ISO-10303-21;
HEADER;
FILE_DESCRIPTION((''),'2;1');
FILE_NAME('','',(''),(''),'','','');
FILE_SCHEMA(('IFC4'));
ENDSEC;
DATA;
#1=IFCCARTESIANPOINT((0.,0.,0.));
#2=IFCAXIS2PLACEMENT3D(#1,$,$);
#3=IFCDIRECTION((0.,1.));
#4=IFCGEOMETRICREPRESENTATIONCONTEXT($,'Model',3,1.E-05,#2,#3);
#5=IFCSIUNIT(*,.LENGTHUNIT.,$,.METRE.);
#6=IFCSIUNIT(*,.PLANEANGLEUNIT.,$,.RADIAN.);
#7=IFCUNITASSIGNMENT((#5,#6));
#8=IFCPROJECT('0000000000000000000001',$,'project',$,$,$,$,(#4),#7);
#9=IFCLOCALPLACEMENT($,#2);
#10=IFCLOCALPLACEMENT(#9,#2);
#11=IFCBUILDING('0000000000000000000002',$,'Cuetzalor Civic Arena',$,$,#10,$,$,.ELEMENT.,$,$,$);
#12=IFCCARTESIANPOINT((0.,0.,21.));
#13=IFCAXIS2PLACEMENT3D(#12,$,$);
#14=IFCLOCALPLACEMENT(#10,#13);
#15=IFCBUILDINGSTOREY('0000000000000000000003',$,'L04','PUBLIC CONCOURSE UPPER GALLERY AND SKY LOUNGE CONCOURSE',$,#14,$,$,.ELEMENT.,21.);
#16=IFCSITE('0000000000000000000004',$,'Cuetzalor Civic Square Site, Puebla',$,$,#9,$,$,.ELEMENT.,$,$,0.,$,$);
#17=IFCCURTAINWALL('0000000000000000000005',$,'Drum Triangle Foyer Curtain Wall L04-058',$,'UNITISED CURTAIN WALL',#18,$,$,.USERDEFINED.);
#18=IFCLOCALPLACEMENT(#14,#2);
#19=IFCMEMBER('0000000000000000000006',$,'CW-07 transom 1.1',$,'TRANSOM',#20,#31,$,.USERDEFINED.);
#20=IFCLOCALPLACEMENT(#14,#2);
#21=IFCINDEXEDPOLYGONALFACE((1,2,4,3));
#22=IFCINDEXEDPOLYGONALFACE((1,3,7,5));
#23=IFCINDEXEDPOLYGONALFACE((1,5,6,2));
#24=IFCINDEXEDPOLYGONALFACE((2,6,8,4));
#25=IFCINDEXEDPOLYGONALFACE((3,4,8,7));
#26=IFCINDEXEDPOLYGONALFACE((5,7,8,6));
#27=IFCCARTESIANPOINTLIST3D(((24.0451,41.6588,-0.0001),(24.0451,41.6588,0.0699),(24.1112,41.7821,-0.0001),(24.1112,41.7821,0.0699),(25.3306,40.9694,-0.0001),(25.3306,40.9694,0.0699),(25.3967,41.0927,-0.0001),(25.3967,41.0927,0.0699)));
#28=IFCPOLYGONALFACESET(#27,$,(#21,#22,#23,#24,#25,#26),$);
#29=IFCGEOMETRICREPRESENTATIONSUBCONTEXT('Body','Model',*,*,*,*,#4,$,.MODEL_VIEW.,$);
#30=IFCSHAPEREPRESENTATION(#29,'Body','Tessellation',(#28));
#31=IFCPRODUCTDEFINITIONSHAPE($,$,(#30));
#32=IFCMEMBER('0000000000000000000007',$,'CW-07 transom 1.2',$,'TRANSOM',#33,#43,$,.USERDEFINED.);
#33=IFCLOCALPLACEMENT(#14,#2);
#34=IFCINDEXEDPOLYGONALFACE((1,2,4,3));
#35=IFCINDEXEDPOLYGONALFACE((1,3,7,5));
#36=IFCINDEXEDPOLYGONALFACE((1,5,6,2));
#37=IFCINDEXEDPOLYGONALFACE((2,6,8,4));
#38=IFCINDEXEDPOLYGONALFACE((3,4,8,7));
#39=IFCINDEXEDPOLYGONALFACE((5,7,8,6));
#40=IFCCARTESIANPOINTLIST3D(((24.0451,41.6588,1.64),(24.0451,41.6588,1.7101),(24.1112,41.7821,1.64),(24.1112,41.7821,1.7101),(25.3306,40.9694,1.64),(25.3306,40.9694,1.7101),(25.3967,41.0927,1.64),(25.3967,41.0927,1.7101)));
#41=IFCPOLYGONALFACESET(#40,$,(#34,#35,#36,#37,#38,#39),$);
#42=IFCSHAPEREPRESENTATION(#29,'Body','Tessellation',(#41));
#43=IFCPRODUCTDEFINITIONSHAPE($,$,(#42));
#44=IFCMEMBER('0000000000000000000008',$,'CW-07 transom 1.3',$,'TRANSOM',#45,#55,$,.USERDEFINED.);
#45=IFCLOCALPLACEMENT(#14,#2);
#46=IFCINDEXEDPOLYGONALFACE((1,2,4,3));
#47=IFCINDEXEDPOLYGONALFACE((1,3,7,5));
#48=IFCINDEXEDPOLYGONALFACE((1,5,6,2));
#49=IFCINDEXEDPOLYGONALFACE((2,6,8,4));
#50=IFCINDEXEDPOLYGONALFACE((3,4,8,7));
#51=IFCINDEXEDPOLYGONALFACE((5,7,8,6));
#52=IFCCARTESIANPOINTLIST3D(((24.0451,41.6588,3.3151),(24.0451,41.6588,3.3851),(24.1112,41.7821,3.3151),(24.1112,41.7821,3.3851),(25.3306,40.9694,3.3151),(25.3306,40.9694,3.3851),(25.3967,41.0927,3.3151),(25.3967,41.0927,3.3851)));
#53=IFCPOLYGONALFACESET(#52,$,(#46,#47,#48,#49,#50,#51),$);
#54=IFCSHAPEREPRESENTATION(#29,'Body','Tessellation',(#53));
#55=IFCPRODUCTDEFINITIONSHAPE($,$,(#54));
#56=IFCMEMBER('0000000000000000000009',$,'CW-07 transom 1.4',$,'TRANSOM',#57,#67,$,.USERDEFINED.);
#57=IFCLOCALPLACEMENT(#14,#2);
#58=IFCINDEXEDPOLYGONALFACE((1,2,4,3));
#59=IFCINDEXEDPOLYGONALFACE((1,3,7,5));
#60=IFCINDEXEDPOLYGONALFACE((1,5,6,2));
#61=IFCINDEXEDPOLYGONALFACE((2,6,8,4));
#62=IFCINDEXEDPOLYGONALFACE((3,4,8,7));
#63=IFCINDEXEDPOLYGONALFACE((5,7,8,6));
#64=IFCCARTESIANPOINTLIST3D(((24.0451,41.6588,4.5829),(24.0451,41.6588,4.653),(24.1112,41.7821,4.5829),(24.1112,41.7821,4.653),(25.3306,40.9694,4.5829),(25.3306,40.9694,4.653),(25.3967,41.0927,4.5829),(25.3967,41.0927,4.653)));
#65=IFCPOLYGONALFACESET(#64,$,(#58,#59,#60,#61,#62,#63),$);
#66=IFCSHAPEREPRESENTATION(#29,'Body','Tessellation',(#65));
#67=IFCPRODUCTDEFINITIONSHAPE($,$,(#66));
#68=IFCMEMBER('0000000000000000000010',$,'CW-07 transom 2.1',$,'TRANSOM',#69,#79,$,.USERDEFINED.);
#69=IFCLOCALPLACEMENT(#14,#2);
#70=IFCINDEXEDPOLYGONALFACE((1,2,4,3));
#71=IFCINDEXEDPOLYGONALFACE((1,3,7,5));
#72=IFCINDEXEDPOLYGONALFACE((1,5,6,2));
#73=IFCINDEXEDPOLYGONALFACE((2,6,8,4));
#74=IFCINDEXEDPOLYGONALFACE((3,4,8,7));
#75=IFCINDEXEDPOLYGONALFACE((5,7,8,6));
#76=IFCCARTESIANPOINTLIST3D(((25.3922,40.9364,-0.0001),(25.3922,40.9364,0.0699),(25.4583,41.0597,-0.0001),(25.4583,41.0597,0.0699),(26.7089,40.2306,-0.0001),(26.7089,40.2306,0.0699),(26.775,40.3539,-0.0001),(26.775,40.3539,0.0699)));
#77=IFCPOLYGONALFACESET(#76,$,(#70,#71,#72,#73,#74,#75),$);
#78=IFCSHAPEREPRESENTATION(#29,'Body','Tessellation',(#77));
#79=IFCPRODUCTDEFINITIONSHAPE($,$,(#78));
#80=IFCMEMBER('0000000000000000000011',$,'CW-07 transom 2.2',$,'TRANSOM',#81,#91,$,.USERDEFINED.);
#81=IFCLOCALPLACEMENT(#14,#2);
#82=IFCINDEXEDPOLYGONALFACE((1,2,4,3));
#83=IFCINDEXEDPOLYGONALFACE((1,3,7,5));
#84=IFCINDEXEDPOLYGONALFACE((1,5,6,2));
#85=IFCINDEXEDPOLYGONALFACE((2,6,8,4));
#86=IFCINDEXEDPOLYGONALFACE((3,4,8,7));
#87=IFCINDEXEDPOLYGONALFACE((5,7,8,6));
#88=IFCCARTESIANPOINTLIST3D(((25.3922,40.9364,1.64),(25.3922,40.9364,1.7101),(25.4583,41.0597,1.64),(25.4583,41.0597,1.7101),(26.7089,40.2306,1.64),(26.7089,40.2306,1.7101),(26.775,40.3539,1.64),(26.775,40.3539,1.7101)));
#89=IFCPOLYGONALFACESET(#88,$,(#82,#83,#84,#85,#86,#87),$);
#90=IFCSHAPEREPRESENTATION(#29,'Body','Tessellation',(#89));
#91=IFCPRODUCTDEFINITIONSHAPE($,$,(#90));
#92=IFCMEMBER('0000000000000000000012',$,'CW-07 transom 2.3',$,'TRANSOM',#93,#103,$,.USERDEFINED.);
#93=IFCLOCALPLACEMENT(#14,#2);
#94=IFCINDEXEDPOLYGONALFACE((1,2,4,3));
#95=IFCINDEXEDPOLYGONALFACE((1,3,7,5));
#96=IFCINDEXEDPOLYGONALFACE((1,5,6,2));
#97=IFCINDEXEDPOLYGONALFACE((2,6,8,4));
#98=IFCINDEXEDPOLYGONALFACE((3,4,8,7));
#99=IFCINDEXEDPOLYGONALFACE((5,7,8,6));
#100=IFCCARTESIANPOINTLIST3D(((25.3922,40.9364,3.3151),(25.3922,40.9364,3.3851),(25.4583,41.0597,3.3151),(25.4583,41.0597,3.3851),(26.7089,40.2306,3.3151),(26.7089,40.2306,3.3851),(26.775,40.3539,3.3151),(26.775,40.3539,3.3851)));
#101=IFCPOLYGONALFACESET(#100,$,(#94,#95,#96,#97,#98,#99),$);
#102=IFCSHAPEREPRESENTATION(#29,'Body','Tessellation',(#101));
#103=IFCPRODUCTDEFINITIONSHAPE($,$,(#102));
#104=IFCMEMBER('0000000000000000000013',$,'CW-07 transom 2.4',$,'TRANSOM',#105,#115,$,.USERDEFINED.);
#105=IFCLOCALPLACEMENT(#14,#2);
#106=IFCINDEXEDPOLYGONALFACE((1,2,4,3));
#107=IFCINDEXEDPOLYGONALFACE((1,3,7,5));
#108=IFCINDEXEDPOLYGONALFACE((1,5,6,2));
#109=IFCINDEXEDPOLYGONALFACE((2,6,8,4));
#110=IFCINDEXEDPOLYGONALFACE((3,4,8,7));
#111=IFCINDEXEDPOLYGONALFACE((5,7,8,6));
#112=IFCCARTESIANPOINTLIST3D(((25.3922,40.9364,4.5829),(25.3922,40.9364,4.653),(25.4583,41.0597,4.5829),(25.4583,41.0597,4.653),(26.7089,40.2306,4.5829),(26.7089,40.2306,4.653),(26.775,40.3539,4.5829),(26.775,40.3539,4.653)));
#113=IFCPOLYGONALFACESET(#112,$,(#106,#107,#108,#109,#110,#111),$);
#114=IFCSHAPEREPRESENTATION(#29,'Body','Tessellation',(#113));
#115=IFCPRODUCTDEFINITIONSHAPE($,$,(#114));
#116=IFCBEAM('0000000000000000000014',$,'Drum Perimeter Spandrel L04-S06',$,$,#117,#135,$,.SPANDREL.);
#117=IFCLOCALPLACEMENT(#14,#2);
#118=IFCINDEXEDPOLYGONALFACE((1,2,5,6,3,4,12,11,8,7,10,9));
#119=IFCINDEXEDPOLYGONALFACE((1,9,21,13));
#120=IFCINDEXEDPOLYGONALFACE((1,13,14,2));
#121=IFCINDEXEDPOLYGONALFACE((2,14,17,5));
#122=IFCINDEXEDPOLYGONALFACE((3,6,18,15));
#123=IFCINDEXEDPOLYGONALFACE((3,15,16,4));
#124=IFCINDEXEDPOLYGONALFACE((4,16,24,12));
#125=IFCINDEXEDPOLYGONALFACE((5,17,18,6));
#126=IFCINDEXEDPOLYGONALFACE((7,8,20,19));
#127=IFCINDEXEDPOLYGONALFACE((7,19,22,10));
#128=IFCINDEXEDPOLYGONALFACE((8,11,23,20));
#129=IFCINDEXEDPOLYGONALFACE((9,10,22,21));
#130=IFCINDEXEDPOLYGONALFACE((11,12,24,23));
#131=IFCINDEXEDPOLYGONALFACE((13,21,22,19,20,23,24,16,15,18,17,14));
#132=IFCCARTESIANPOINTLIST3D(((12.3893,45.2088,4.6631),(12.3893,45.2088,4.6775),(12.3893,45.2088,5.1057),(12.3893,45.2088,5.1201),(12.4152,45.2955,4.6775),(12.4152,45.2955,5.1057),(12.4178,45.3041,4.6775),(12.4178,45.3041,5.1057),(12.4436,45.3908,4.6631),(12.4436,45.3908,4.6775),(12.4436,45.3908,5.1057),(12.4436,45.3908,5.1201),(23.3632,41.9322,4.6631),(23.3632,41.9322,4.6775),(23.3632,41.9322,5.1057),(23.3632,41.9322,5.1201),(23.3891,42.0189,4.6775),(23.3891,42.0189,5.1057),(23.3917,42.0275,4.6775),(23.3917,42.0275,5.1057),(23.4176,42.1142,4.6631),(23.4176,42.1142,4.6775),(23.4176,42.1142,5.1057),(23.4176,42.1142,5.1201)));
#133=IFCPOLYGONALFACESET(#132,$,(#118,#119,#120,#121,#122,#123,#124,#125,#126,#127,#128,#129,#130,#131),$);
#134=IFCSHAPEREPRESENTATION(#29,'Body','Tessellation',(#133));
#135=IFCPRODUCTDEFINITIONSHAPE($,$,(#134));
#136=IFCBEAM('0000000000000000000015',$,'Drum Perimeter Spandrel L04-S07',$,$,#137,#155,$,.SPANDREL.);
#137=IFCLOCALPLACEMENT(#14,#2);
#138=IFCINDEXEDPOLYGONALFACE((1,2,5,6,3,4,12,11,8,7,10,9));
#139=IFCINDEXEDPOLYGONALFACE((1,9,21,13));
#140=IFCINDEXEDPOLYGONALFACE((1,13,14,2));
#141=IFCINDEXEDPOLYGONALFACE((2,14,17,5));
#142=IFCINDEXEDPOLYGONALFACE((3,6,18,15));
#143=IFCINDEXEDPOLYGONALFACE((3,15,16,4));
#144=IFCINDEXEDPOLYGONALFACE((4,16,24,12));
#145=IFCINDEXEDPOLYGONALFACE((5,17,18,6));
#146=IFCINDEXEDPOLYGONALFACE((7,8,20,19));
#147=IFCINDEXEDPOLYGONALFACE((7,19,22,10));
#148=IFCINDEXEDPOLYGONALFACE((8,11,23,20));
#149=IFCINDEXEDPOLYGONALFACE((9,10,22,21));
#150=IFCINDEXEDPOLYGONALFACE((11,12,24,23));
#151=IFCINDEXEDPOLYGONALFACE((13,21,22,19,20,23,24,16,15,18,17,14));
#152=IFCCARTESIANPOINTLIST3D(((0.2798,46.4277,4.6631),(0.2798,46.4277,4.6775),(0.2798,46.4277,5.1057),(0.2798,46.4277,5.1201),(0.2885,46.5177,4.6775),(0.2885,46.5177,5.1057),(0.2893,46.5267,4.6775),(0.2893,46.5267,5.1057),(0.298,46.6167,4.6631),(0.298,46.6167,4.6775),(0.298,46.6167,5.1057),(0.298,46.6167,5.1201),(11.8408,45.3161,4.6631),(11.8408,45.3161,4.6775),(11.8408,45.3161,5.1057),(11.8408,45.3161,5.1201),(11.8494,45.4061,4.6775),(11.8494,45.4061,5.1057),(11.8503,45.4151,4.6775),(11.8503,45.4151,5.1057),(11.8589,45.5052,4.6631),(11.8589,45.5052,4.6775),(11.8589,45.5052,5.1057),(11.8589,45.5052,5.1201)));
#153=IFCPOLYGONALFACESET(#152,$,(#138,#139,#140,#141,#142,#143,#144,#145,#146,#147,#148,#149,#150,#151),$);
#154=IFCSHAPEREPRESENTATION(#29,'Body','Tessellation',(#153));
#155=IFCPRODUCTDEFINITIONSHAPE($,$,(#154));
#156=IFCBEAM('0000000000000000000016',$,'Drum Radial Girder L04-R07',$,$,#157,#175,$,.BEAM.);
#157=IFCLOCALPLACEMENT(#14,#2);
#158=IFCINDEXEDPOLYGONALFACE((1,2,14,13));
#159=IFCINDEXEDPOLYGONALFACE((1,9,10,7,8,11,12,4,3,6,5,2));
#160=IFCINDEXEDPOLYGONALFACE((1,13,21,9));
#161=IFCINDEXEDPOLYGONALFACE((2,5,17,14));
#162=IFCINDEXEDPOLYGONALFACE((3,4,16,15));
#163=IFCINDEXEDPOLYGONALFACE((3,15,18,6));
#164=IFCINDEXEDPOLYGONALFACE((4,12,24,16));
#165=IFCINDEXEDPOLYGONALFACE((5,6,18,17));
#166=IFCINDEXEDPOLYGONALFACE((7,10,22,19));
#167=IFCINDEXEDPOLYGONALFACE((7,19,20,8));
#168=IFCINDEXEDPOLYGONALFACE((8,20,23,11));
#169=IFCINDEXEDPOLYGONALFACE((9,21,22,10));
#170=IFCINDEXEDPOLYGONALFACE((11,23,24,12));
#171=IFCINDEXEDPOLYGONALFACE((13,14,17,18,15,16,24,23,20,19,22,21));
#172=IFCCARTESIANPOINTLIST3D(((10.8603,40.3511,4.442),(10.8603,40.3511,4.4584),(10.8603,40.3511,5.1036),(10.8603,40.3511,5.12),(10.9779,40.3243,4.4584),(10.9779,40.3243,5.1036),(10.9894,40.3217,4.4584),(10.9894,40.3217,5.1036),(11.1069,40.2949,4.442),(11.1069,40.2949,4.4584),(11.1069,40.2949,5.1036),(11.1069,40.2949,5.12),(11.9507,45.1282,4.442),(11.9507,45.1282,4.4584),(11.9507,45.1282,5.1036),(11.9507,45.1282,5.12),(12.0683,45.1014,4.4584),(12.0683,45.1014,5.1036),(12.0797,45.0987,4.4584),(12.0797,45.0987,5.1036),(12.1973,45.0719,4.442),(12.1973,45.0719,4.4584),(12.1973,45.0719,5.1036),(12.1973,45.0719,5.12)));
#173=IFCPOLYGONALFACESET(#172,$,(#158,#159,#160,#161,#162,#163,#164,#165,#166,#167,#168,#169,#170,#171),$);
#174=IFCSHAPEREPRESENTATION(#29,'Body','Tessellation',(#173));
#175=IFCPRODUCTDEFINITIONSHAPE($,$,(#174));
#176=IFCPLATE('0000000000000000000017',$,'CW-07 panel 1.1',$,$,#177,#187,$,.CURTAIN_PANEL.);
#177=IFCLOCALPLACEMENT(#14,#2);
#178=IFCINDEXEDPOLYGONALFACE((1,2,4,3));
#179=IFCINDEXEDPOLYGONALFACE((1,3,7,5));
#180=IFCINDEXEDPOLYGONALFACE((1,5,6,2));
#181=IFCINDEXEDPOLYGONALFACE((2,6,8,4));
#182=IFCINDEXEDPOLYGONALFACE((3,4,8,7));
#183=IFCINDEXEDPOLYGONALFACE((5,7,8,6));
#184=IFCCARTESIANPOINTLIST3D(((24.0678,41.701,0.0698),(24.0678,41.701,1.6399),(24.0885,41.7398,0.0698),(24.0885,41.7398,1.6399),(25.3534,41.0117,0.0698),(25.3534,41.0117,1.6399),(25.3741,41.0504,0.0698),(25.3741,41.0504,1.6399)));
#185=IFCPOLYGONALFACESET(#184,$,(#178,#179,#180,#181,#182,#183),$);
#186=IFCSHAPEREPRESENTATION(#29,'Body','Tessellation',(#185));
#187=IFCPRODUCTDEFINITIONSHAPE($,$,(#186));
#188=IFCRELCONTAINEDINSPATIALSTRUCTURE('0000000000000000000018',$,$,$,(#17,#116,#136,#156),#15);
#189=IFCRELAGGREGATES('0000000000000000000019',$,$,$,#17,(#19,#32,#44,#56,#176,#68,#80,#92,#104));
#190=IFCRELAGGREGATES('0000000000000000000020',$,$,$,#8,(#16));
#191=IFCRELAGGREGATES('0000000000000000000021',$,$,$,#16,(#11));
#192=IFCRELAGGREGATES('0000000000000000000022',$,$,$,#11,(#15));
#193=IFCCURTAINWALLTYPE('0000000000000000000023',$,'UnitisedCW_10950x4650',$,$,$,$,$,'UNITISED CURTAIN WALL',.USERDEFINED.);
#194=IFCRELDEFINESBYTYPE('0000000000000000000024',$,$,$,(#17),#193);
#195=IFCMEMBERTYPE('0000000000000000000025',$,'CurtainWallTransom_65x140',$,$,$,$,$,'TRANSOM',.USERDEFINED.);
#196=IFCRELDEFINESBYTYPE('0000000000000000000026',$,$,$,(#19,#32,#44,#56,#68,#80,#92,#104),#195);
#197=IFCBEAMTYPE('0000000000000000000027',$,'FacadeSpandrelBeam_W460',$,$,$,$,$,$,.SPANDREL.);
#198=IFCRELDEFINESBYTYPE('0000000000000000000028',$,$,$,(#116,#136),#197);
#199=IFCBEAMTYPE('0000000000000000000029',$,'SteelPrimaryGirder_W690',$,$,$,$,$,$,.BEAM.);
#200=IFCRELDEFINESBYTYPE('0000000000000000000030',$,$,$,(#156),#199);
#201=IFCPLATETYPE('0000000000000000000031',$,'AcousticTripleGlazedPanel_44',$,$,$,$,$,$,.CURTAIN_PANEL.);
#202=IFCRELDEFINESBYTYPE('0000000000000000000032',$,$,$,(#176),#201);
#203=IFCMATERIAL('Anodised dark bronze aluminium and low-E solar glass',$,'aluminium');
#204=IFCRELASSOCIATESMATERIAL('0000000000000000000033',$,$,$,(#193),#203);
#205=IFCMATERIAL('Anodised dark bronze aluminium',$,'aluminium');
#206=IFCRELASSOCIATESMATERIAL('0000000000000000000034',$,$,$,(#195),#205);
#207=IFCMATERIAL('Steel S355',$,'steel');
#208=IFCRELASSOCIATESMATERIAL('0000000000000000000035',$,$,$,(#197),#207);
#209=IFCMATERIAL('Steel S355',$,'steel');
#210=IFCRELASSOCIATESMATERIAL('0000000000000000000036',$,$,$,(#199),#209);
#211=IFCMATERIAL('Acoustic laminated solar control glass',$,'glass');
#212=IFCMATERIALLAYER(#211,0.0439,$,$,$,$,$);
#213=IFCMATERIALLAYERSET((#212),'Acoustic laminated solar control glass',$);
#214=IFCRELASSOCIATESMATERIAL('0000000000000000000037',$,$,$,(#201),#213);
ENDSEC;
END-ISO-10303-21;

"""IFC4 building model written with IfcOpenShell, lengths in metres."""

from ifc_helpers import new_model, si_unit, direction, frame, origin, origin_2d, place, context, subcontext, project, spatial, rectangle, i_section, extrude, material, layer, layer_set, material_profile, profile_set, type_object, element, aggregate, save


model = new_model("IFC4")

# Units and contexts
model_context = context("Model", 3, precision=1e-05, world=origin(), true_north=direction((0.0, 1.0)))
body_context = subcontext(model_context, "Body", "Model", "MODEL_VIEW")
ifc_project = project(units=[si_unit("LENGTHUNIT", "METRE"), si_unit("PLANEANGLEUNIT", "RADIAN")], contexts=[model_context])

# Site, building, storey
site_placement = place(None, origin())
site = spatial("IfcSite", under=ifc_project, at=site_placement, Name="Cuetzalor Civic Square Site, Puebla", CompositionType="ELEMENT", RefElevation=0.0)
building_placement = place(site_placement, origin())
building = spatial("IfcBuilding", under=site, at=building_placement, Name="Cuetzalor Civic Arena", CompositionType="ELEMENT")
storey_placement = place(building_placement, frame((0.0, 0.0, 21.0)))
storey = spatial("IfcBuildingStorey", under=building, at=storey_placement, Name="L04", Description="PUBLIC CONCOURSE UPPER GALLERY AND SKY LOUNGE CONCOURSE", CompositionType="ELEMENT", Elevation=21.0)

# Curtain wall, members
ifc_material_1 = material(Name="Anodised dark bronze aluminium and low-E solar glass", Category="aluminium")
curtain_wall_type_1 = type_object("IfcCurtainWallType", Name="UnitisedCW_10950x4650", ElementType="UNITISED CURTAIN WALL", PredefinedType="USERDEFINED", material=ifc_material_1)
curtain_wall_1_placement = place(storey_placement, origin())
curtain_wall_1 = element("IfcCurtainWall", 1, at=curtain_wall_1_placement, inside=storey, type_object=curtain_wall_type_1, Name="Drum Triangle Foyer Curtain Wall L04-058", ObjectType="UNITISED CURTAIN WALL", PredefinedType="USERDEFINED")
ifc_material_2 = material(Name="Anodised dark bronze aluminium", Category="aluminium")
ifc_material_profile_1 = material_profile(ifc_material_2, rectangle(XDim=0.1399, YDim=0.0701, at=origin_2d()), Name="ALU TRANSOM 70x140")
ifc_profile_set_1 = profile_set([ifc_material_profile_1], Name="Anodised dark bronze aluminium")
member_type_1 = type_object("IfcMemberType", Name="CurtainWallTransom_65x140", ElementType="TRANSOM", PredefinedType="USERDEFINED", material=ifc_profile_set_1)
member_1_placement = place(storey_placement, frame((24.0781, 41.7205, 0.0349), z_axis=(0.881276, -0.472602, 0.0), x_axis=(0.472602, 0.881276, 0.0)))
member_1 = element("IfcMember", 2, at=member_1_placement, type_object=member_type_1, Name="CW-07 transom 1.1", ObjectType="TRANSOM", PredefinedType="USERDEFINED", context=body_context, shape_type="SweptSolid", body=[
    extrude(rectangle(XDim=0.1399, YDim=0.0701, at=origin_2d()), origin(), (0.0, 0.0, 1.0), 1.4587),
])
member_2_placement = place(storey_placement, frame((24.0781, 41.7205, 1.675), z_axis=(0.881276, -0.472602, 0.0), x_axis=(0.472602, 0.881276, 0.0)))
member_2 = element("IfcMember", 3, at=member_2_placement, type_object=member_type_1, Name="CW-07 transom 1.2", ObjectType="TRANSOM", PredefinedType="USERDEFINED", context=body_context, shape_type="SweptSolid", body=[
    extrude(rectangle(XDim=0.1399, YDim=0.0701, at=origin_2d()), origin(), (0.0, 0.0, 1.0), 1.4587),
])
member_3_placement = place(storey_placement, frame((24.0781, 41.7205, 3.3501), z_axis=(0.881276, -0.472602, 0.0), x_axis=(0.472602, 0.881276, 0.0)))
member_3 = element("IfcMember", 4, at=member_3_placement, type_object=member_type_1, Name="CW-07 transom 1.3", ObjectType="TRANSOM", PredefinedType="USERDEFINED", context=body_context, shape_type="SweptSolid", body=[
    extrude(rectangle(XDim=0.1399, YDim=0.0701, at=origin_2d()), origin(), (0.0, 0.0, 1.0), 1.4587),
])
member_4_placement = place(storey_placement, frame((24.0781, 41.7205, 4.6179), z_axis=(0.881276, -0.472602, 0.0), x_axis=(0.472602, 0.881276, 0.0)))
member_4 = element("IfcMember", 5, at=member_4_placement, type_object=member_type_1, Name="CW-07 transom 1.4", ObjectType="TRANSOM", PredefinedType="USERDEFINED", context=body_context, shape_type="SweptSolid", body=[
    extrude(rectangle(XDim=0.1399, YDim=0.0701, at=origin_2d()), origin(), (0.0, 0.0, 1.0), 1.4587),
])
member_5_placement = place(storey_placement, frame((25.4253, 40.998, 0.0349), z_axis=(0.881351, -0.472462, 0.0), x_axis=(0.472462, 0.881351, 0.0)))
member_5 = element("IfcMember", 6, at=member_5_placement, type_object=member_type_1, Name="CW-07 transom 2.1", ObjectType="TRANSOM", PredefinedType="USERDEFINED", context=body_context, shape_type="SweptSolid", body=[
    extrude(rectangle(XDim=0.1399, YDim=0.0701, at=origin_2d()), origin(), (0.0, 0.0, 1.0), 1.4939),
])
member_6_placement = place(storey_placement, frame((25.4253, 40.998, 1.675), z_axis=(0.881351, -0.472462, 0.0), x_axis=(0.472462, 0.881351, 0.0)))
member_6 = element("IfcMember", 7, at=member_6_placement, type_object=member_type_1, Name="CW-07 transom 2.2", ObjectType="TRANSOM", PredefinedType="USERDEFINED", context=body_context, shape_type="SweptSolid", body=[
    extrude(rectangle(XDim=0.1399, YDim=0.0701, at=origin_2d()), origin(), (0.0, 0.0, 1.0), 1.4939),
])
member_7_placement = place(storey_placement, frame((25.4253, 40.998, 3.3501), z_axis=(0.881351, -0.472462, 0.0), x_axis=(0.472462, 0.881351, 0.0)))
member_7 = element("IfcMember", 8, at=member_7_placement, type_object=member_type_1, Name="CW-07 transom 2.3", ObjectType="TRANSOM", PredefinedType="USERDEFINED", context=body_context, shape_type="SweptSolid", body=[
    extrude(rectangle(XDim=0.1399, YDim=0.0701, at=origin_2d()), origin(), (0.0, 0.0, 1.0), 1.4939),
])
member_8_placement = place(storey_placement, frame((25.4253, 40.998, 4.6179), z_axis=(0.881351, -0.472462, 0.0), x_axis=(0.472462, 0.881351, 0.0)))
member_8 = element("IfcMember", 9, at=member_8_placement, type_object=member_type_1, Name="CW-07 transom 2.4", ObjectType="TRANSOM", PredefinedType="USERDEFINED", context=body_context, shape_type="SweptSolid", body=[
    extrude(rectangle(XDim=0.1399, YDim=0.0701, at=origin_2d()), origin(), (0.0, 0.0, 1.0), 1.4939),
])

# Beams
ifc_material_3 = material(Name="Steel S355", Category="steel")
ifc_material_profile_2 = material_profile(ifc_material_3, i_section(OverallWidth=0.1899, OverallDepth=0.457, WebThickness=0.009, FlangeThickness=0.0144, at=origin_2d()), Name="W460x74")
ifc_profile_set_2 = profile_set([ifc_material_profile_2], Name="Steel S355")
beam_type_1 = type_object("IfcBeamType", Name="FacadeSpandrelBeam_W460", PredefinedType="SPANDREL", material=ifc_profile_set_2)
beam_1_placement = place(storey_placement, frame((23.3904, 42.0232, 4.8916), z_axis=(-0.958199, 0.286102, 0.0), x_axis=(-0.286102, -0.958199, 0.0)))
element("IfcBeam", 10, at=beam_1_placement, inside=storey, type_object=beam_type_1, Name="Drum Perimeter Spandrel L04-S06", PredefinedType="SPANDREL", context=body_context, shape_type="SweptSolid", body=[
    extrude(i_section(OverallWidth=0.1899, OverallDepth=0.457, WebThickness=0.009, FlangeThickness=0.0144, at=origin_2d()), origin(), (0.0, 0.0, 1.0), 11.4526),
])
beam_2_placement = place(storey_placement, frame((11.8499, 45.4106, 4.8916), z_axis=(-0.99541, 0.095707, 0.0), x_axis=(-0.095707, -0.99541, 0.0)))
element("IfcBeam", 11, at=beam_2_placement, inside=storey, type_object=beam_type_1, Name="Drum Perimeter Spandrel L04-S07", PredefinedType="SPANDREL", context=body_context, shape_type="SweptSolid", body=[
    extrude(i_section(OverallWidth=0.1899, OverallDepth=0.457, WebThickness=0.009, FlangeThickness=0.0144, at=origin_2d()), origin(), (0.0, 0.0, 1.0), 11.6143),
])
ifc_material_4 = material(Name="Steel S355", Category="steel")
ifc_material_profile_3 = material_profile(ifc_material_4, i_section(OverallWidth=0.2529, OverallDepth=0.678, WebThickness=0.0117, FlangeThickness=0.0164, at=origin_2d()), Name="W690x125")
ifc_profile_set_3 = profile_set([ifc_material_profile_3], Name="Steel S355")
beam_type_2 = type_object("IfcBeamType", Name="SteelPrimaryGirder_W690", PredefinedType="BEAM", material=ifc_profile_set_3)
beam_3_placement = place(storey_placement, frame((10.9836, 40.323, 4.781), z_axis=(0.222519, 0.974928, 0.0), x_axis=(-0.974928, 0.222519, 0.0)))
element("IfcBeam", 12, at=beam_3_placement, inside=storey, type_object=beam_type_2, Name="Drum Radial Girder L04-R07", PredefinedType="BEAM", context=body_context, shape_type="SweptSolid", body=[
    extrude(i_section(OverallWidth=0.2529, OverallDepth=0.678, WebThickness=0.0117, FlangeThickness=0.0164, at=origin_2d()), origin(), (0.0, 0.0, 1.0), 4.8999),
])

# Plate
ifc_material_5 = material(Name="Acoustic laminated solar control glass", Category="glass")
ifc_layer_1 = layer(ifc_material_5, 0.0439)
ifc_layer_set_1 = layer_set([ifc_layer_1], Name="Acoustic laminated solar control glass")
plate_type = type_object("IfcPlateType", Name="AcousticTripleGlazedPanel_44", PredefinedType="CURTAIN_PANEL", material=ifc_layer_set_1)
plate_1_placement = place(storey_placement, frame((24.7209, 41.3757, 0.0698), z_axis=(0.0, 0.0, 1.0), x_axis=(0.881306, -0.472545, 0.0)))
plate_1 = element("IfcPlate", 13, at=plate_1_placement, type_object=plate_type, Name="CW-07 panel 1.1", PredefinedType="CURTAIN_PANEL", context=body_context, shape_type="SweptSolid", body=[
    extrude(rectangle(XDim=1.4587, YDim=0.0439, at=origin_2d()), origin(), (0.0, 0.0, 1.0), 1.5701),
])
aggregate(curtain_wall_1, [member_1, member_2, member_3, member_4, plate_1, member_5, member_6, member_7, member_8])

save(model, "model.ifc")
